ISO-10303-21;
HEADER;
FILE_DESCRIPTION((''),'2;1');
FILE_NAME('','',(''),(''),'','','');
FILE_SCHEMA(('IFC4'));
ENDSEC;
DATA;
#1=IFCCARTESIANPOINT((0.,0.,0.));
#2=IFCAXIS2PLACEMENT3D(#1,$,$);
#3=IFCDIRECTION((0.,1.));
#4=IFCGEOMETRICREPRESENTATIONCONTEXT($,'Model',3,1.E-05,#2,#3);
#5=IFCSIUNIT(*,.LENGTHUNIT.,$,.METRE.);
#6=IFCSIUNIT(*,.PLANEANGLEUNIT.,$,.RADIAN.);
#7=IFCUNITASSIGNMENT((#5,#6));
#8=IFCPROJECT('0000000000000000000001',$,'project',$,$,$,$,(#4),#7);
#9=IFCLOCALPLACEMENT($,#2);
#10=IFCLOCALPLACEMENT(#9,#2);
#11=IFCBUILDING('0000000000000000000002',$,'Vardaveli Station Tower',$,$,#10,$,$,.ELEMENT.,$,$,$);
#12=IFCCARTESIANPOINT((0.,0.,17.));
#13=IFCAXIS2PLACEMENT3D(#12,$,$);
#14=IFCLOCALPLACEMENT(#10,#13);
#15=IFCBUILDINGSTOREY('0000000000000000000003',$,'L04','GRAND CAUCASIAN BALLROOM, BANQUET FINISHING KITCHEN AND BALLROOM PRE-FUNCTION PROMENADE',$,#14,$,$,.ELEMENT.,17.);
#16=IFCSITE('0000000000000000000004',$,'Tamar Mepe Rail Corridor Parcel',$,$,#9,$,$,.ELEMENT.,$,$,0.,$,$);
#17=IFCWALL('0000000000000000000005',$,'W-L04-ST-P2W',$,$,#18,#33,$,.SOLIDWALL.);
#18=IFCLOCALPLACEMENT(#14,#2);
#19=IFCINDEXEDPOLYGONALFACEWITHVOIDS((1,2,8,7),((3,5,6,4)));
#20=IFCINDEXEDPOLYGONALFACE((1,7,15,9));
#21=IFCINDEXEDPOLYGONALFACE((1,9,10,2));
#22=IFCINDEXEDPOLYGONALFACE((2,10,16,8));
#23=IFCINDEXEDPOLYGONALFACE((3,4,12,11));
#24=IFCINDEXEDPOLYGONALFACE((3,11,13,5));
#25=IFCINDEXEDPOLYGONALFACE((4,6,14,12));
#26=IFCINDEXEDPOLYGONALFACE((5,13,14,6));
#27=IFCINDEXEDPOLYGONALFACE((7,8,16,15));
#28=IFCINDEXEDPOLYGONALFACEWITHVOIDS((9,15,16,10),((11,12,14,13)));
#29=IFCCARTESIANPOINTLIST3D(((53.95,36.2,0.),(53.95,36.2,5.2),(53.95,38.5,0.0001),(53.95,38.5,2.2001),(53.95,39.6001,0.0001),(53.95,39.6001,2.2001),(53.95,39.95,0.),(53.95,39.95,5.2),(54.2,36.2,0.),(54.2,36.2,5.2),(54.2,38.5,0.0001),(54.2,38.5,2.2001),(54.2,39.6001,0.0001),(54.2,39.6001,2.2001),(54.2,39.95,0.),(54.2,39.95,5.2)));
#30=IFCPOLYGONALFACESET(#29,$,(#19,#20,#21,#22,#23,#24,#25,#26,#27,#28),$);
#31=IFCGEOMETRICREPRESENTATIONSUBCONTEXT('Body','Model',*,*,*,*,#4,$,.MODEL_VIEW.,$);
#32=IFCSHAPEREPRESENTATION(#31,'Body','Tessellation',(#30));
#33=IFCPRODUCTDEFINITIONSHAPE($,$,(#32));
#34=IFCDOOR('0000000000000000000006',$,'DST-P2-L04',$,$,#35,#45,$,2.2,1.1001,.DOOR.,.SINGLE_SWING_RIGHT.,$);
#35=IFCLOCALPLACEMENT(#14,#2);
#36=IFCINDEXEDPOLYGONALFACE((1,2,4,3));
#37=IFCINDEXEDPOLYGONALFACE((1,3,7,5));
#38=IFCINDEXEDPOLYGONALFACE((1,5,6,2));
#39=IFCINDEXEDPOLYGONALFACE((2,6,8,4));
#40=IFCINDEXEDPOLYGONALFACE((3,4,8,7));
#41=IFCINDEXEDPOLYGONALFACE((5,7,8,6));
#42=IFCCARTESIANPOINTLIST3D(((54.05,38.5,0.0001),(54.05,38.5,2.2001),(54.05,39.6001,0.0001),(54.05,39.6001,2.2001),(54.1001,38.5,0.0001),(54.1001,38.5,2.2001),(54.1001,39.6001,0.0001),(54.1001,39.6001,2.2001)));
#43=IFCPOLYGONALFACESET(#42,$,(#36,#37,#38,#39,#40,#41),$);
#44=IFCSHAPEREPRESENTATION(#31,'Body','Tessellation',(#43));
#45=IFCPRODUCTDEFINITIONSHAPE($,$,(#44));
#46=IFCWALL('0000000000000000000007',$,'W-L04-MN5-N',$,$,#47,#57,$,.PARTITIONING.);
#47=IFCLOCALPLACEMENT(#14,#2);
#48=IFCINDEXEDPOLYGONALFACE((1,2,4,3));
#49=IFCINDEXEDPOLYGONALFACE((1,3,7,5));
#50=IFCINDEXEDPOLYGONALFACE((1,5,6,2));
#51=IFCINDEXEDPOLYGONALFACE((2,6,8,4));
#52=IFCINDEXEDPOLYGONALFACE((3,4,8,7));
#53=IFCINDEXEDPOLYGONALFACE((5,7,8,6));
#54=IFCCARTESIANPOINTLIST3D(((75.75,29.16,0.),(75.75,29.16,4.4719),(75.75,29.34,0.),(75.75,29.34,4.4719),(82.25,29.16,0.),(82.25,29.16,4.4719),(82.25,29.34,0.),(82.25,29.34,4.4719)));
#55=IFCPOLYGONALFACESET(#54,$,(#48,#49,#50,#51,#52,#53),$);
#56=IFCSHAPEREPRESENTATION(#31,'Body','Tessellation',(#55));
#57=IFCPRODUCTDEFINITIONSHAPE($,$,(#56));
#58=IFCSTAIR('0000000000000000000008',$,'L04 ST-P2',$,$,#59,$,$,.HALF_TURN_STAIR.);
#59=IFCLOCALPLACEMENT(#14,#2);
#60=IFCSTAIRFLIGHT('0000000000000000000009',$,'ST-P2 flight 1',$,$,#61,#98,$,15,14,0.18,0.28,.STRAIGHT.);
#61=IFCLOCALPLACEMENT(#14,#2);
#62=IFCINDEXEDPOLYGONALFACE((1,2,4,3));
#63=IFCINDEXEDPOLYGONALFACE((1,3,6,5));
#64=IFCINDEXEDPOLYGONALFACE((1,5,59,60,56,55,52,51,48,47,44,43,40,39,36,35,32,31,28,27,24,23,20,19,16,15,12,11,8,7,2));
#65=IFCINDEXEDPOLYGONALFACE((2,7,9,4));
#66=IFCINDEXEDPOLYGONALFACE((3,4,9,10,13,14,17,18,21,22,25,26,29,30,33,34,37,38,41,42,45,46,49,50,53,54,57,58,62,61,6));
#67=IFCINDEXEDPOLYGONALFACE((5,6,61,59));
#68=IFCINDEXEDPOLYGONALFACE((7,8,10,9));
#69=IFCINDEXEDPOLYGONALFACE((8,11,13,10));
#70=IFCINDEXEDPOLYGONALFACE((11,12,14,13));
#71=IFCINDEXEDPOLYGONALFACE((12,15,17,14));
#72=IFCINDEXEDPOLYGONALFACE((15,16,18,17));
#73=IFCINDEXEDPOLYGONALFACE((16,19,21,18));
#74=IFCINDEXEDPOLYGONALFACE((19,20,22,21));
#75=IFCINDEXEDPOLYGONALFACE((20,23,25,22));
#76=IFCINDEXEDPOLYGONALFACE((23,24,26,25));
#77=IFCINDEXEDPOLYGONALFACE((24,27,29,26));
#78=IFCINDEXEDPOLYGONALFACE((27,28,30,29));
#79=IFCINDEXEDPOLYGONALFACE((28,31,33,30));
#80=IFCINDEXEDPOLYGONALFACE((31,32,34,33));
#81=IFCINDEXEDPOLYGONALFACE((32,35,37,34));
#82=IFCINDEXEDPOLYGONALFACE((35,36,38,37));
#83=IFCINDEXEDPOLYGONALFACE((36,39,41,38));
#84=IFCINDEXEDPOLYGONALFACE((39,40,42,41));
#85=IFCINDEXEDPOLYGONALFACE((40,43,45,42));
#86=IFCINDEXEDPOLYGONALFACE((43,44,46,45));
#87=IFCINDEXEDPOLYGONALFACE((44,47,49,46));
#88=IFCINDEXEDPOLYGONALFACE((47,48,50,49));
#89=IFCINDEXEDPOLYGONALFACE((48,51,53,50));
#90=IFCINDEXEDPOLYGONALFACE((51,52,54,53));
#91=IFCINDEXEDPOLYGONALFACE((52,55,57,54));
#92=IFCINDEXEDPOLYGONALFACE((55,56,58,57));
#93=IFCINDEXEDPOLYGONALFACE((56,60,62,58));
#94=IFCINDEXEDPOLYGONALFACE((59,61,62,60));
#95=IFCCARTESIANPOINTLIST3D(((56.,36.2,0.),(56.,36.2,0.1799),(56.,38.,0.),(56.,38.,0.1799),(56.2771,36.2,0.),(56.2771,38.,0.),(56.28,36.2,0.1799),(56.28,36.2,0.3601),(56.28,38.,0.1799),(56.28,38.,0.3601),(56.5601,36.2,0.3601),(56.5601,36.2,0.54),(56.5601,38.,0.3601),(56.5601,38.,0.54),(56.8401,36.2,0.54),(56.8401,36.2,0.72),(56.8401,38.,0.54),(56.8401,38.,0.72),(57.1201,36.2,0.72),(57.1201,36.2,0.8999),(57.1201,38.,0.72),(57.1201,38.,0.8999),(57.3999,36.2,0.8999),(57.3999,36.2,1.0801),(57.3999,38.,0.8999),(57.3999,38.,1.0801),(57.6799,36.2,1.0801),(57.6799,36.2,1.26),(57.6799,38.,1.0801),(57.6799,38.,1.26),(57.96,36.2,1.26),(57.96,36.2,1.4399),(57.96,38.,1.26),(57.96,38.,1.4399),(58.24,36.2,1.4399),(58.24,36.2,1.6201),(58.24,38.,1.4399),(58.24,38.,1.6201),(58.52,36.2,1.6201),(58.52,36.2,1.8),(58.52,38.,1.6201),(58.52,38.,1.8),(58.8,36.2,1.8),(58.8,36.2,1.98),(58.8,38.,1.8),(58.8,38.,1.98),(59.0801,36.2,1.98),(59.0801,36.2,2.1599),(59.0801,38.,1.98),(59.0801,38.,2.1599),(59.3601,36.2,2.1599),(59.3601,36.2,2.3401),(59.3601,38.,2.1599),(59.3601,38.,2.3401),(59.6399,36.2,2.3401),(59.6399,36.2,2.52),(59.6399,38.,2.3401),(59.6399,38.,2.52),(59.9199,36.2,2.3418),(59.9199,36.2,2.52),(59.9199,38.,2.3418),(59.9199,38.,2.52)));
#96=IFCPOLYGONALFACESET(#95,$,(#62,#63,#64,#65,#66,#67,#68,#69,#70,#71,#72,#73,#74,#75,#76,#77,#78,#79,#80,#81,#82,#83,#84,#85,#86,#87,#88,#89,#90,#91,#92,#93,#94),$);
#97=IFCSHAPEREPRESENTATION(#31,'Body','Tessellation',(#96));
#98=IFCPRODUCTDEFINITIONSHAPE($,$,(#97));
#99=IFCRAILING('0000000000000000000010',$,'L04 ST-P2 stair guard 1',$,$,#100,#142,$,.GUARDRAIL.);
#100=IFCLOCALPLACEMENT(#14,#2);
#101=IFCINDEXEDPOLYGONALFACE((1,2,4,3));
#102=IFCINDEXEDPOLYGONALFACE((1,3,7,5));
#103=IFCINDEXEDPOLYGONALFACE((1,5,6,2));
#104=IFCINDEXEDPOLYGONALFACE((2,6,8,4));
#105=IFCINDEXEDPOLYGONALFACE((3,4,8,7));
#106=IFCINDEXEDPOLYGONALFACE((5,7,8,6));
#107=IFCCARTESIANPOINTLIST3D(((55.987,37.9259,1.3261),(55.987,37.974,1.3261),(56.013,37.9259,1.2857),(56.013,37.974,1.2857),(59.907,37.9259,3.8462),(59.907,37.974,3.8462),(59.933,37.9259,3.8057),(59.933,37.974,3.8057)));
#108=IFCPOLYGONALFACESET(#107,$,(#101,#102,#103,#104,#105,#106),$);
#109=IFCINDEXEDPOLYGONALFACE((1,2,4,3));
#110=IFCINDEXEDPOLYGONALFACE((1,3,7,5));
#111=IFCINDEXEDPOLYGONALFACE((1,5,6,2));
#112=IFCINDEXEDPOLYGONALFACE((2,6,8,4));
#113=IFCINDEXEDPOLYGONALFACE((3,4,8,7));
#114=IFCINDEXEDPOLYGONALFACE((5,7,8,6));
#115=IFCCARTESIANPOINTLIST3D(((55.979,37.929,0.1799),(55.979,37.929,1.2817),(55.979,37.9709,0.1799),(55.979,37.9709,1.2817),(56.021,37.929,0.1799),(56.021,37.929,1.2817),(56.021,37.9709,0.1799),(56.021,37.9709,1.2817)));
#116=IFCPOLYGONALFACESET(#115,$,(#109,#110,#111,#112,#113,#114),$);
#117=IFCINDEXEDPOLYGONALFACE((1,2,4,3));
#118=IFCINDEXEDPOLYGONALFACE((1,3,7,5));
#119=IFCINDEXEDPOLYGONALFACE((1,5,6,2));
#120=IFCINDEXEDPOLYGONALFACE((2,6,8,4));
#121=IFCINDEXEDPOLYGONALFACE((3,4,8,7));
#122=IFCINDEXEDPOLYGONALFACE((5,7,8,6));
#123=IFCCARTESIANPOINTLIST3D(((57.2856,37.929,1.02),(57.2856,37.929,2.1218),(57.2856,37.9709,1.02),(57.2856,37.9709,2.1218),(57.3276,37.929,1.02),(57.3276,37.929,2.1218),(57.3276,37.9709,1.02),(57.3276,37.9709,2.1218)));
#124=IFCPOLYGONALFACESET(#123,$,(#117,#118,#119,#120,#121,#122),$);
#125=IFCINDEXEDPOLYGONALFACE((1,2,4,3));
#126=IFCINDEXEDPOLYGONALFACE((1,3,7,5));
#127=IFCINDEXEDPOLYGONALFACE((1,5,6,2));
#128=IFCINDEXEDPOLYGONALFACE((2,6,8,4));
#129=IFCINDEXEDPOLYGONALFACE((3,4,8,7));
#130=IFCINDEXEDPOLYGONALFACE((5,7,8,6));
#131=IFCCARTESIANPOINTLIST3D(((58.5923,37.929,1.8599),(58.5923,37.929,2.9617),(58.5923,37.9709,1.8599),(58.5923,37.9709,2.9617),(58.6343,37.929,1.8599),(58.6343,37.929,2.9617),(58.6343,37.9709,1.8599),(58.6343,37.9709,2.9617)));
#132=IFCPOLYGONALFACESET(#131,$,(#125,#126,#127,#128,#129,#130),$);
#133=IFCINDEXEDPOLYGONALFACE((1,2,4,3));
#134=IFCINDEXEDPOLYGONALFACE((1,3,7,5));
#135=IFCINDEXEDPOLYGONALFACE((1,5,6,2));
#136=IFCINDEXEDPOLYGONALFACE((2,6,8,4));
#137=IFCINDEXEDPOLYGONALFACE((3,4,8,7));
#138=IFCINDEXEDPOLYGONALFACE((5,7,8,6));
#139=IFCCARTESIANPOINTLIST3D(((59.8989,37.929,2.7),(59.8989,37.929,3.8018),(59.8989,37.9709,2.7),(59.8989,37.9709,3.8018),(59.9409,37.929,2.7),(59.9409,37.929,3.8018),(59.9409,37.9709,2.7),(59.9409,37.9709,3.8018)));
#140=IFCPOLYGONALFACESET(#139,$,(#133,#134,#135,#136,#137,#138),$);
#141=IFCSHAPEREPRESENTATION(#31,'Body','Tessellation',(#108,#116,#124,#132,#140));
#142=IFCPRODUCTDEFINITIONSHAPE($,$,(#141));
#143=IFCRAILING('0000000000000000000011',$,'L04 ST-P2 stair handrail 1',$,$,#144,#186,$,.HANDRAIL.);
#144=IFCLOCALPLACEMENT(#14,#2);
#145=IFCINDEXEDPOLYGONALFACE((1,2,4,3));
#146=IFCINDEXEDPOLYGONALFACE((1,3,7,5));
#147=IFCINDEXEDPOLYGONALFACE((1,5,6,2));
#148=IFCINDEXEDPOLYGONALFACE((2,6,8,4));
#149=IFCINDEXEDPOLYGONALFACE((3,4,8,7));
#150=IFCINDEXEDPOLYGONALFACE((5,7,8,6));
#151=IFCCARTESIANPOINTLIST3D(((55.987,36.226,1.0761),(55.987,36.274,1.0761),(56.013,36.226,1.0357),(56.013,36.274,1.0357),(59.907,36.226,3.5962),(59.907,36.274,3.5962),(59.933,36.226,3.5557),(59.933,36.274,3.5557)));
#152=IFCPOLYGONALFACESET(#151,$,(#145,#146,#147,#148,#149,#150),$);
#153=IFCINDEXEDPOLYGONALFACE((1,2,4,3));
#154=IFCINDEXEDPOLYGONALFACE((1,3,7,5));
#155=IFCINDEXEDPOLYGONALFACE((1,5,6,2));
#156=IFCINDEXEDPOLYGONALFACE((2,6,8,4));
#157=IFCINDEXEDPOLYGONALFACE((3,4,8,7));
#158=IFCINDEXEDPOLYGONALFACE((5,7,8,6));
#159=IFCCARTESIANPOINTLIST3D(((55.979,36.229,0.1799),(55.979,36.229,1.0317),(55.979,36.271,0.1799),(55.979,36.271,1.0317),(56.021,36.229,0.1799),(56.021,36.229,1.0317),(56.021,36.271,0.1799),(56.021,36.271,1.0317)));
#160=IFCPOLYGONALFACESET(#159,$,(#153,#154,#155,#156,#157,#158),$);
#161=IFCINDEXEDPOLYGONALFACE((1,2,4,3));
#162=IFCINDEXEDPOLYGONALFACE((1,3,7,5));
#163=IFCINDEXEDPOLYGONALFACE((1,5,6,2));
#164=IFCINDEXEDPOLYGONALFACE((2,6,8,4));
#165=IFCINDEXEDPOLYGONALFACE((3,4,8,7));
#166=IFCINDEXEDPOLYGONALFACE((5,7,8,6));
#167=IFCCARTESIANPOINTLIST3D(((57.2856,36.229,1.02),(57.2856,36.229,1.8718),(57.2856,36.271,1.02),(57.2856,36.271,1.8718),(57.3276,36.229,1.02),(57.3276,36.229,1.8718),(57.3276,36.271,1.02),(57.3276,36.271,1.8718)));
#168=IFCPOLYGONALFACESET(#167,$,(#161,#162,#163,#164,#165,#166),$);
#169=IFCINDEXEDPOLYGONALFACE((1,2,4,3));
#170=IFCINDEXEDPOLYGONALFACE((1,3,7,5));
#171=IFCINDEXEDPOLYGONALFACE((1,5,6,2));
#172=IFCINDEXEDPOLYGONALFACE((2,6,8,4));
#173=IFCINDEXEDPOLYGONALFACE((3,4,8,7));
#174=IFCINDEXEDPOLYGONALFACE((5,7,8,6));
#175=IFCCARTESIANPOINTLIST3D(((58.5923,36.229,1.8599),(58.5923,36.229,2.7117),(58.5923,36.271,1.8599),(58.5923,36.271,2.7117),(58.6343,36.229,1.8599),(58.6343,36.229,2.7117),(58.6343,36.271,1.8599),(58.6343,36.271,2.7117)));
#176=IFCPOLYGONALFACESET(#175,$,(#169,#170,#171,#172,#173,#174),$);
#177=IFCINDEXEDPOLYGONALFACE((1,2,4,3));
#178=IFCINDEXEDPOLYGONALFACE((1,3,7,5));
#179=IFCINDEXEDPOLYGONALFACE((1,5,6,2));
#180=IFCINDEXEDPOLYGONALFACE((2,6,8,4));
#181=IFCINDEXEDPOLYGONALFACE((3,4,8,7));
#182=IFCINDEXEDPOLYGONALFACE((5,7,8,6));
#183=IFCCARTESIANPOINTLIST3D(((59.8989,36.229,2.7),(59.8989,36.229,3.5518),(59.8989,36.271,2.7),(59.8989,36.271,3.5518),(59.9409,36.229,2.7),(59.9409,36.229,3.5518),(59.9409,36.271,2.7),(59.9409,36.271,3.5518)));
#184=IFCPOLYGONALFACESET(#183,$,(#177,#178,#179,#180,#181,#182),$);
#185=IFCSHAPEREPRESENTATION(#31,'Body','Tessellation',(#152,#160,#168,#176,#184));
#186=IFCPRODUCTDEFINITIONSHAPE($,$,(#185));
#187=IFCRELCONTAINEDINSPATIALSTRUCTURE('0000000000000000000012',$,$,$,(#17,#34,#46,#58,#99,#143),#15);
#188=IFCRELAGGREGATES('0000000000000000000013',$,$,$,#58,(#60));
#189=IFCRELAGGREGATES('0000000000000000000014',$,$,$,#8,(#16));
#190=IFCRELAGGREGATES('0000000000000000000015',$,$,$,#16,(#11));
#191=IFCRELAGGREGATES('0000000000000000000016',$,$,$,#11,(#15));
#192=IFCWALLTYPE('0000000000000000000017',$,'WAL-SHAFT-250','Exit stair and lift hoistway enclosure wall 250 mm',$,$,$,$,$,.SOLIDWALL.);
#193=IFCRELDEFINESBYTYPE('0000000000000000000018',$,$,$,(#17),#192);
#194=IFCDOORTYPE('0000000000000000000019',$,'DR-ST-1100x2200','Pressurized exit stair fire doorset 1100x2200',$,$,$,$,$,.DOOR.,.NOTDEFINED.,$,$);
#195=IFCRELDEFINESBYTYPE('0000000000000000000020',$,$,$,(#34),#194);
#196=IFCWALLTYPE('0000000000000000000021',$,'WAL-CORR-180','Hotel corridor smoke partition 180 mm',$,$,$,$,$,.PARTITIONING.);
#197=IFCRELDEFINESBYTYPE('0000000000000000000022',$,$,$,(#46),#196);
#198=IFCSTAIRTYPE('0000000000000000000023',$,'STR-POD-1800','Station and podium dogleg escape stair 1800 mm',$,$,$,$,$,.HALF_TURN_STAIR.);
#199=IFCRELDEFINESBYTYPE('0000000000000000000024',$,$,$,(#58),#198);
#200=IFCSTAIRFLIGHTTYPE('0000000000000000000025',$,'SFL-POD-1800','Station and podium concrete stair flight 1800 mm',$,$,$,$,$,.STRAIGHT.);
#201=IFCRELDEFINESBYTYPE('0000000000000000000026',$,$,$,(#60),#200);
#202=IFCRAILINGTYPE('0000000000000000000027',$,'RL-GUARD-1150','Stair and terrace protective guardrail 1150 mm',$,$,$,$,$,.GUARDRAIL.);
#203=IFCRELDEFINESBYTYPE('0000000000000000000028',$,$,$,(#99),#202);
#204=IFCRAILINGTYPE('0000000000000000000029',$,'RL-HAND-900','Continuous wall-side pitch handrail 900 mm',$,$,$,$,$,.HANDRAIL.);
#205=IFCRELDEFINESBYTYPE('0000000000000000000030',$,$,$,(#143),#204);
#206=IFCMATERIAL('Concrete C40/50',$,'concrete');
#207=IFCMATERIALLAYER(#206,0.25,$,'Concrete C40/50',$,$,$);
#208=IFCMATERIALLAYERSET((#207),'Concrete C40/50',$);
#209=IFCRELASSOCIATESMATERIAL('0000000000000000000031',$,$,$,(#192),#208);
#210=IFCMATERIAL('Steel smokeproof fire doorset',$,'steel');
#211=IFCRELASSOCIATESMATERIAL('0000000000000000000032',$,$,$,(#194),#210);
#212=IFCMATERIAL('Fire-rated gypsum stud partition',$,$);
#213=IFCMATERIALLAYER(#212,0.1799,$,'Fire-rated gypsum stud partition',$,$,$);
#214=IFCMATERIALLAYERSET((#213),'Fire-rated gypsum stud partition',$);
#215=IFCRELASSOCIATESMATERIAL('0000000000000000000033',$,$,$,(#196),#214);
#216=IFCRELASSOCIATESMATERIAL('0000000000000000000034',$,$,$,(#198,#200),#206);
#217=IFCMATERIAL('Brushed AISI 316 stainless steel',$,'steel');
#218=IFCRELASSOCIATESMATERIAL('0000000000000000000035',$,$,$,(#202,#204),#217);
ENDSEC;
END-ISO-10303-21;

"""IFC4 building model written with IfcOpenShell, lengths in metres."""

from ifc_helpers import new_model, si_unit, direction, frame, frame_2d, origin, origin_2d, place, context, subcontext, project, spatial, polyline, rectangle, outline, extrude, source, transform, mapped, material, layer, layer_set, type_object, element, fill, aggregate, save


model = new_model("IFC4")

# Units and contexts
model_context = context("Model", 3, precision=1e-05, world=origin(), true_north=direction((0.0, 1.0)))
body_context = subcontext(model_context, "Body", "Model", "MODEL_VIEW")
ifc_project = project(units=[si_unit("LENGTHUNIT", "METRE"), si_unit("PLANEANGLEUNIT", "RADIAN")], contexts=[model_context])

# Site, building, storey
site_placement = place(None, origin())
site = spatial("IfcSite", under=ifc_project, at=site_placement, Name="Tamar Mepe Rail Corridor Parcel", CompositionType="ELEMENT", RefElevation=0.0)
building_placement = place(site_placement, origin())
building = spatial("IfcBuilding", under=site, at=building_placement, Name="Vardaveli Station Tower", CompositionType="ELEMENT")
storey_placement = place(building_placement, frame((0.0, 0.0, 17.0)))
storey = spatial("IfcBuildingStorey", under=building, at=storey_placement, Name="L04", Description="GRAND CAUCASIAN BALLROOM, BANQUET FINISHING KITCHEN AND BALLROOM PRE-FUNCTION PROMENADE", CompositionType="ELEMENT", Elevation=17.0)

# Shared definitions
ifc_material_1 = material(Name="Concrete C40/50", Category="concrete")
ifc_layer_1 = layer(ifc_material_1, 0.25, Name="Concrete C40/50")
ifc_layer_set_1 = layer_set([ifc_layer_1], Name="Concrete C40/50")
wall_type_1 = type_object("IfcWallType", Name="WAL-SHAFT-250", Description="Exit stair and lift hoistway enclosure wall 250 mm", PredefinedType="SOLIDWALL", material=ifc_layer_set_1)
shared_shape_1 = source(origin(), body_context, "Body", "SweptSolid", [
    extrude(rectangle(XDim=3.75, YDim=0.25, at=frame_2d((1.875, 0.0))), origin(), (0.0, 0.0, 1.0), 5.2),
])

# Wall, opening, door
wall_1_placement = place(storey_placement, frame((54.075, 36.2, 0.0), z_axis=(0.0, 0.0, 1.0), x_axis=(0.0, 1.0, 0.0)))
wall_1 = element("IfcWall", 1, at=wall_1_placement, inside=storey, type_object=wall_type_1, Name="W-L04-ST-P2W", PredefinedType="SOLIDWALL", context=body_context, shape_type="MappedRepresentation", body=[
    mapped(shared_shape_1, transform((0.0, 0.0, 0.0), scale=1.0)),
])
shared_shape_2 = source(origin(), body_context, "Body", "SweptSolid", [
    extrude(rectangle(XDim=1.1001, YDim=2.2, at=frame_2d((0.55, 1.1001))), frame((0.0, 0.135, 0.0), z_axis=(0.0, -1.0, 0.0), x_axis=(1.0, 0.0, 0.0)), (0.0, 0.0, 1.0), 0.27),
])
opening_placement = place(wall_1_placement, frame((2.3, 0.0, 0.0)))
opening = element("IfcOpeningElement", 2, at=opening_placement, cuts=wall_1, PredefinedType="OPENING", context=body_context, shape_type="MappedRepresentation", body=[
    mapped(shared_shape_2, transform((0.0, 0.0, 0.0), scale=1.0)),
])
ifc_material_2 = material(Name="Steel smokeproof fire doorset", Category="steel")
door_type = type_object("IfcDoorType", Name="DR-ST-1100x2200", Description="Pressurized exit stair fire doorset 1100x2200", OperationType="NOTDEFINED", PredefinedType="DOOR", material=ifc_material_2)
shared_shape_3 = source(origin(), body_context, "Body", "SweptSolid", [
    extrude(rectangle(XDim=1.1001, YDim=2.2, at=frame_2d((0.55, 1.1001))), frame((0.0, 0.0249, 0.0), z_axis=(0.0, -1.0, 0.0), x_axis=(1.0, 0.0, 0.0)), (0.0, 0.0, 1.0), 0.05),
])
door_placement = place(opening_placement, origin())
door = element("IfcDoor", 3, at=door_placement, inside=storey, type_object=door_type, Name="DST-P2-L04", OperationType="SINGLE_SWING_RIGHT", OverallHeight=2.2, OverallWidth=1.1001, PredefinedType="DOOR", context=body_context, shape_type="MappedRepresentation", body=[
    mapped(shared_shape_3, transform((0.0, 0.0, 0.0), scale=1.0)),
])
fill(opening, door)

# Wall
ifc_material_3 = material(Name="Fire-rated gypsum stud partition")
ifc_layer_2 = layer(ifc_material_3, 0.1799, Name="Fire-rated gypsum stud partition")
ifc_layer_set_2 = layer_set([ifc_layer_2], Name="Fire-rated gypsum stud partition")
wall_type_2 = type_object("IfcWallType", Name="WAL-CORR-180", Description="Hotel corridor smoke partition 180 mm", PredefinedType="PARTITIONING", material=ifc_layer_set_2)
shared_shape_4 = source(origin(), body_context, "Body", "SweptSolid", [
    extrude(rectangle(XDim=6.5, YDim=0.1799, at=frame_2d((3.25, 0.0))), origin(), (0.0, 0.0, 1.0), 4.4719),
])
wall_2_placement = place(storey_placement, frame((75.75, 29.25, 0.0), z_axis=(0.0, 0.0, 1.0), x_axis=(1.0, 0.0, 0.0)))
element("IfcWall", 4, at=wall_2_placement, inside=storey, type_object=wall_type_2, Name="W-L04-MN5-N", PredefinedType="PARTITIONING", context=body_context, shape_type="MappedRepresentation", body=[
    mapped(shared_shape_4, transform((0.0, 0.0, 0.0), scale=1.0)),
])

# Stair, stair flight
stair_type = type_object("IfcStairType", Name="STR-POD-1800", Description="Station and podium dogleg escape stair 1800 mm", PredefinedType="HALF_TURN_STAIR", material=ifc_material_1)
stair_placement = place(storey_placement, origin())
stair = element("IfcStair", 5, at=stair_placement, inside=storey, type_object=stair_type, Name="L04 ST-P2", PredefinedType="HALF_TURN_STAIR")
stair_flight_type = type_object("IfcStairFlightType", Name="SFL-POD-1800", Description="Station and podium concrete stair flight 1800 mm", PredefinedType="STRAIGHT", material=ifc_material_1)
shared_shape_5 = source(origin(), body_context, "Body", "SweptSolid", [
    extrude(outline(polyline([(0.0, 0.0), (0.0, 0.1799), (0.28, 0.1799), (0.28, 0.3601), (0.5601, 0.3601), (0.5601, 0.54), (0.8401, 0.54), (0.8401, 0.72), (1.1201, 0.72), (1.1201, 0.8999), (1.3999, 0.8999), (1.3999, 1.0801), (1.6799, 1.0801), (1.6799, 1.26), (1.96, 1.26), (1.96, 1.4399), (2.24, 1.4399), (2.24, 1.6201), (2.52, 1.6201), (2.52, 1.8), (2.8, 1.8), (2.8, 1.98), (3.0801, 1.98), (3.0801, 2.1599), (3.3601, 2.1599), (3.3601, 2.3401), (3.6399, 2.3401), (3.6399, 2.52), (3.9199, 2.52), (3.9199, 2.7), (3.9199, 2.3418), (0.2771, 0.0), (0.0, 0.0)])), frame((0.0, 0.8999, 0.0), z_axis=(0.0, -1.0, 0.0), x_axis=(1.0, 0.0, 0.0)), (0.0, 0.0, 1.0), 1.8),
])
stair_flight_placement = place(storey_placement, frame((56.0, 37.1001, 0.0), z_axis=(0.0, 0.0, 1.0), x_axis=(1.0, 0.0, 0.0)))
stair_flight = element("IfcStairFlight", 6, at=stair_flight_placement, type_object=stair_flight_type, Name="ST-P2 flight 1", NumberOfRisers=15, NumberOfTreads=14, PredefinedType="STRAIGHT", RiserHeight=0.18, TreadLength=0.28, context=body_context, shape_type="MappedRepresentation", body=[
    mapped(shared_shape_5, transform((0.0, 0.0, 0.0), scale=1.0)),
])
aggregate(stair, [stair_flight])

# Railings
ifc_material_4 = material(Name="Brushed AISI 316 stainless steel", Category="steel")
railing_type_1 = type_object("IfcRailingType", Name="RL-GUARD-1150", Description="Stair and terrace protective guardrail 1150 mm", PredefinedType="GUARDRAIL", material=ifc_material_4)
shared_shape_6 = source(origin(), body_context, "Body", "SweptSolid", [
    extrude(rectangle(XDim=0.0481, YDim=0.0481, at=origin_2d()), frame((0.0, 0.0, 1.126), z_axis=(0.841172, 0.0, 0.540768), x_axis=(0.0, 1.0, 0.0)), (0.0, 0.0, 1.0), 4.6602),
    extrude(rectangle(XDim=0.042, YDim=0.042, at=origin_2d()), origin(), (0.0, 0.0, 1.0), 1.1018),
    extrude(rectangle(XDim=0.042, YDim=0.042, at=origin_2d()), frame((1.3066, 0.0, 0.8401)), (0.0, 0.0, 1.0), 1.1018),
    extrude(rectangle(XDim=0.042, YDim=0.042, at=origin_2d()), frame((2.6133, 0.0, 1.6799)), (0.0, 0.0, 1.0), 1.1018),
    extrude(rectangle(XDim=0.042, YDim=0.042, at=origin_2d()), frame((3.9199, 0.0, 2.52)), (0.0, 0.0, 1.0), 1.1018),
])
railing_1_placement = place(storey_placement, frame((56.0, 37.95, 0.1799)))
element("IfcRailing", 7, at=railing_1_placement, inside=storey, type_object=railing_type_1, Name="L04 ST-P2 stair guard 1", PredefinedType="GUARDRAIL", context=body_context, shape_type="MappedRepresentation", body=[
    mapped(shared_shape_6, transform((0.0, 0.0, 0.0), scale=1.0)),
])
railing_type_2 = type_object("IfcRailingType", Name="RL-HAND-900", Description="Continuous wall-side pitch handrail 900 mm", PredefinedType="HANDRAIL", material=ifc_material_4)
shared_shape_7 = source(origin(), body_context, "Body", "SweptSolid", [
    extrude(rectangle(XDim=0.0481, YDim=0.0481, at=origin_2d()), frame((0.0, 0.0, 0.876), z_axis=(0.841172, 0.0, 0.540768), x_axis=(0.0, 1.0, 0.0)), (0.0, 0.0, 1.0), 4.6602),
    extrude(rectangle(XDim=0.042, YDim=0.042, at=origin_2d()), origin(), (0.0, 0.0, 1.0), 0.8518),
    extrude(rectangle(XDim=0.042, YDim=0.042, at=origin_2d()), frame((1.3066, 0.0, 0.8401)), (0.0, 0.0, 1.0), 0.8518),
    extrude(rectangle(XDim=0.042, YDim=0.042, at=origin_2d()), frame((2.6133, 0.0, 1.6799)), (0.0, 0.0, 1.0), 0.8518),
    extrude(rectangle(XDim=0.042, YDim=0.042, at=origin_2d()), frame((3.9199, 0.0, 2.52)), (0.0, 0.0, 1.0), 0.8518),
])
railing_2_placement = place(storey_placement, frame((56.0, 36.25, 0.1799)))
element("IfcRailing", 8, at=railing_2_placement, inside=storey, type_object=railing_type_2, Name="L04 ST-P2 stair handrail 1", PredefinedType="HANDRAIL", context=body_context, shape_type="MappedRepresentation", body=[
    mapped(shared_shape_7, transform((0.0, 0.0, 0.0), scale=1.0)),
])

save(model, "model.ifc")
